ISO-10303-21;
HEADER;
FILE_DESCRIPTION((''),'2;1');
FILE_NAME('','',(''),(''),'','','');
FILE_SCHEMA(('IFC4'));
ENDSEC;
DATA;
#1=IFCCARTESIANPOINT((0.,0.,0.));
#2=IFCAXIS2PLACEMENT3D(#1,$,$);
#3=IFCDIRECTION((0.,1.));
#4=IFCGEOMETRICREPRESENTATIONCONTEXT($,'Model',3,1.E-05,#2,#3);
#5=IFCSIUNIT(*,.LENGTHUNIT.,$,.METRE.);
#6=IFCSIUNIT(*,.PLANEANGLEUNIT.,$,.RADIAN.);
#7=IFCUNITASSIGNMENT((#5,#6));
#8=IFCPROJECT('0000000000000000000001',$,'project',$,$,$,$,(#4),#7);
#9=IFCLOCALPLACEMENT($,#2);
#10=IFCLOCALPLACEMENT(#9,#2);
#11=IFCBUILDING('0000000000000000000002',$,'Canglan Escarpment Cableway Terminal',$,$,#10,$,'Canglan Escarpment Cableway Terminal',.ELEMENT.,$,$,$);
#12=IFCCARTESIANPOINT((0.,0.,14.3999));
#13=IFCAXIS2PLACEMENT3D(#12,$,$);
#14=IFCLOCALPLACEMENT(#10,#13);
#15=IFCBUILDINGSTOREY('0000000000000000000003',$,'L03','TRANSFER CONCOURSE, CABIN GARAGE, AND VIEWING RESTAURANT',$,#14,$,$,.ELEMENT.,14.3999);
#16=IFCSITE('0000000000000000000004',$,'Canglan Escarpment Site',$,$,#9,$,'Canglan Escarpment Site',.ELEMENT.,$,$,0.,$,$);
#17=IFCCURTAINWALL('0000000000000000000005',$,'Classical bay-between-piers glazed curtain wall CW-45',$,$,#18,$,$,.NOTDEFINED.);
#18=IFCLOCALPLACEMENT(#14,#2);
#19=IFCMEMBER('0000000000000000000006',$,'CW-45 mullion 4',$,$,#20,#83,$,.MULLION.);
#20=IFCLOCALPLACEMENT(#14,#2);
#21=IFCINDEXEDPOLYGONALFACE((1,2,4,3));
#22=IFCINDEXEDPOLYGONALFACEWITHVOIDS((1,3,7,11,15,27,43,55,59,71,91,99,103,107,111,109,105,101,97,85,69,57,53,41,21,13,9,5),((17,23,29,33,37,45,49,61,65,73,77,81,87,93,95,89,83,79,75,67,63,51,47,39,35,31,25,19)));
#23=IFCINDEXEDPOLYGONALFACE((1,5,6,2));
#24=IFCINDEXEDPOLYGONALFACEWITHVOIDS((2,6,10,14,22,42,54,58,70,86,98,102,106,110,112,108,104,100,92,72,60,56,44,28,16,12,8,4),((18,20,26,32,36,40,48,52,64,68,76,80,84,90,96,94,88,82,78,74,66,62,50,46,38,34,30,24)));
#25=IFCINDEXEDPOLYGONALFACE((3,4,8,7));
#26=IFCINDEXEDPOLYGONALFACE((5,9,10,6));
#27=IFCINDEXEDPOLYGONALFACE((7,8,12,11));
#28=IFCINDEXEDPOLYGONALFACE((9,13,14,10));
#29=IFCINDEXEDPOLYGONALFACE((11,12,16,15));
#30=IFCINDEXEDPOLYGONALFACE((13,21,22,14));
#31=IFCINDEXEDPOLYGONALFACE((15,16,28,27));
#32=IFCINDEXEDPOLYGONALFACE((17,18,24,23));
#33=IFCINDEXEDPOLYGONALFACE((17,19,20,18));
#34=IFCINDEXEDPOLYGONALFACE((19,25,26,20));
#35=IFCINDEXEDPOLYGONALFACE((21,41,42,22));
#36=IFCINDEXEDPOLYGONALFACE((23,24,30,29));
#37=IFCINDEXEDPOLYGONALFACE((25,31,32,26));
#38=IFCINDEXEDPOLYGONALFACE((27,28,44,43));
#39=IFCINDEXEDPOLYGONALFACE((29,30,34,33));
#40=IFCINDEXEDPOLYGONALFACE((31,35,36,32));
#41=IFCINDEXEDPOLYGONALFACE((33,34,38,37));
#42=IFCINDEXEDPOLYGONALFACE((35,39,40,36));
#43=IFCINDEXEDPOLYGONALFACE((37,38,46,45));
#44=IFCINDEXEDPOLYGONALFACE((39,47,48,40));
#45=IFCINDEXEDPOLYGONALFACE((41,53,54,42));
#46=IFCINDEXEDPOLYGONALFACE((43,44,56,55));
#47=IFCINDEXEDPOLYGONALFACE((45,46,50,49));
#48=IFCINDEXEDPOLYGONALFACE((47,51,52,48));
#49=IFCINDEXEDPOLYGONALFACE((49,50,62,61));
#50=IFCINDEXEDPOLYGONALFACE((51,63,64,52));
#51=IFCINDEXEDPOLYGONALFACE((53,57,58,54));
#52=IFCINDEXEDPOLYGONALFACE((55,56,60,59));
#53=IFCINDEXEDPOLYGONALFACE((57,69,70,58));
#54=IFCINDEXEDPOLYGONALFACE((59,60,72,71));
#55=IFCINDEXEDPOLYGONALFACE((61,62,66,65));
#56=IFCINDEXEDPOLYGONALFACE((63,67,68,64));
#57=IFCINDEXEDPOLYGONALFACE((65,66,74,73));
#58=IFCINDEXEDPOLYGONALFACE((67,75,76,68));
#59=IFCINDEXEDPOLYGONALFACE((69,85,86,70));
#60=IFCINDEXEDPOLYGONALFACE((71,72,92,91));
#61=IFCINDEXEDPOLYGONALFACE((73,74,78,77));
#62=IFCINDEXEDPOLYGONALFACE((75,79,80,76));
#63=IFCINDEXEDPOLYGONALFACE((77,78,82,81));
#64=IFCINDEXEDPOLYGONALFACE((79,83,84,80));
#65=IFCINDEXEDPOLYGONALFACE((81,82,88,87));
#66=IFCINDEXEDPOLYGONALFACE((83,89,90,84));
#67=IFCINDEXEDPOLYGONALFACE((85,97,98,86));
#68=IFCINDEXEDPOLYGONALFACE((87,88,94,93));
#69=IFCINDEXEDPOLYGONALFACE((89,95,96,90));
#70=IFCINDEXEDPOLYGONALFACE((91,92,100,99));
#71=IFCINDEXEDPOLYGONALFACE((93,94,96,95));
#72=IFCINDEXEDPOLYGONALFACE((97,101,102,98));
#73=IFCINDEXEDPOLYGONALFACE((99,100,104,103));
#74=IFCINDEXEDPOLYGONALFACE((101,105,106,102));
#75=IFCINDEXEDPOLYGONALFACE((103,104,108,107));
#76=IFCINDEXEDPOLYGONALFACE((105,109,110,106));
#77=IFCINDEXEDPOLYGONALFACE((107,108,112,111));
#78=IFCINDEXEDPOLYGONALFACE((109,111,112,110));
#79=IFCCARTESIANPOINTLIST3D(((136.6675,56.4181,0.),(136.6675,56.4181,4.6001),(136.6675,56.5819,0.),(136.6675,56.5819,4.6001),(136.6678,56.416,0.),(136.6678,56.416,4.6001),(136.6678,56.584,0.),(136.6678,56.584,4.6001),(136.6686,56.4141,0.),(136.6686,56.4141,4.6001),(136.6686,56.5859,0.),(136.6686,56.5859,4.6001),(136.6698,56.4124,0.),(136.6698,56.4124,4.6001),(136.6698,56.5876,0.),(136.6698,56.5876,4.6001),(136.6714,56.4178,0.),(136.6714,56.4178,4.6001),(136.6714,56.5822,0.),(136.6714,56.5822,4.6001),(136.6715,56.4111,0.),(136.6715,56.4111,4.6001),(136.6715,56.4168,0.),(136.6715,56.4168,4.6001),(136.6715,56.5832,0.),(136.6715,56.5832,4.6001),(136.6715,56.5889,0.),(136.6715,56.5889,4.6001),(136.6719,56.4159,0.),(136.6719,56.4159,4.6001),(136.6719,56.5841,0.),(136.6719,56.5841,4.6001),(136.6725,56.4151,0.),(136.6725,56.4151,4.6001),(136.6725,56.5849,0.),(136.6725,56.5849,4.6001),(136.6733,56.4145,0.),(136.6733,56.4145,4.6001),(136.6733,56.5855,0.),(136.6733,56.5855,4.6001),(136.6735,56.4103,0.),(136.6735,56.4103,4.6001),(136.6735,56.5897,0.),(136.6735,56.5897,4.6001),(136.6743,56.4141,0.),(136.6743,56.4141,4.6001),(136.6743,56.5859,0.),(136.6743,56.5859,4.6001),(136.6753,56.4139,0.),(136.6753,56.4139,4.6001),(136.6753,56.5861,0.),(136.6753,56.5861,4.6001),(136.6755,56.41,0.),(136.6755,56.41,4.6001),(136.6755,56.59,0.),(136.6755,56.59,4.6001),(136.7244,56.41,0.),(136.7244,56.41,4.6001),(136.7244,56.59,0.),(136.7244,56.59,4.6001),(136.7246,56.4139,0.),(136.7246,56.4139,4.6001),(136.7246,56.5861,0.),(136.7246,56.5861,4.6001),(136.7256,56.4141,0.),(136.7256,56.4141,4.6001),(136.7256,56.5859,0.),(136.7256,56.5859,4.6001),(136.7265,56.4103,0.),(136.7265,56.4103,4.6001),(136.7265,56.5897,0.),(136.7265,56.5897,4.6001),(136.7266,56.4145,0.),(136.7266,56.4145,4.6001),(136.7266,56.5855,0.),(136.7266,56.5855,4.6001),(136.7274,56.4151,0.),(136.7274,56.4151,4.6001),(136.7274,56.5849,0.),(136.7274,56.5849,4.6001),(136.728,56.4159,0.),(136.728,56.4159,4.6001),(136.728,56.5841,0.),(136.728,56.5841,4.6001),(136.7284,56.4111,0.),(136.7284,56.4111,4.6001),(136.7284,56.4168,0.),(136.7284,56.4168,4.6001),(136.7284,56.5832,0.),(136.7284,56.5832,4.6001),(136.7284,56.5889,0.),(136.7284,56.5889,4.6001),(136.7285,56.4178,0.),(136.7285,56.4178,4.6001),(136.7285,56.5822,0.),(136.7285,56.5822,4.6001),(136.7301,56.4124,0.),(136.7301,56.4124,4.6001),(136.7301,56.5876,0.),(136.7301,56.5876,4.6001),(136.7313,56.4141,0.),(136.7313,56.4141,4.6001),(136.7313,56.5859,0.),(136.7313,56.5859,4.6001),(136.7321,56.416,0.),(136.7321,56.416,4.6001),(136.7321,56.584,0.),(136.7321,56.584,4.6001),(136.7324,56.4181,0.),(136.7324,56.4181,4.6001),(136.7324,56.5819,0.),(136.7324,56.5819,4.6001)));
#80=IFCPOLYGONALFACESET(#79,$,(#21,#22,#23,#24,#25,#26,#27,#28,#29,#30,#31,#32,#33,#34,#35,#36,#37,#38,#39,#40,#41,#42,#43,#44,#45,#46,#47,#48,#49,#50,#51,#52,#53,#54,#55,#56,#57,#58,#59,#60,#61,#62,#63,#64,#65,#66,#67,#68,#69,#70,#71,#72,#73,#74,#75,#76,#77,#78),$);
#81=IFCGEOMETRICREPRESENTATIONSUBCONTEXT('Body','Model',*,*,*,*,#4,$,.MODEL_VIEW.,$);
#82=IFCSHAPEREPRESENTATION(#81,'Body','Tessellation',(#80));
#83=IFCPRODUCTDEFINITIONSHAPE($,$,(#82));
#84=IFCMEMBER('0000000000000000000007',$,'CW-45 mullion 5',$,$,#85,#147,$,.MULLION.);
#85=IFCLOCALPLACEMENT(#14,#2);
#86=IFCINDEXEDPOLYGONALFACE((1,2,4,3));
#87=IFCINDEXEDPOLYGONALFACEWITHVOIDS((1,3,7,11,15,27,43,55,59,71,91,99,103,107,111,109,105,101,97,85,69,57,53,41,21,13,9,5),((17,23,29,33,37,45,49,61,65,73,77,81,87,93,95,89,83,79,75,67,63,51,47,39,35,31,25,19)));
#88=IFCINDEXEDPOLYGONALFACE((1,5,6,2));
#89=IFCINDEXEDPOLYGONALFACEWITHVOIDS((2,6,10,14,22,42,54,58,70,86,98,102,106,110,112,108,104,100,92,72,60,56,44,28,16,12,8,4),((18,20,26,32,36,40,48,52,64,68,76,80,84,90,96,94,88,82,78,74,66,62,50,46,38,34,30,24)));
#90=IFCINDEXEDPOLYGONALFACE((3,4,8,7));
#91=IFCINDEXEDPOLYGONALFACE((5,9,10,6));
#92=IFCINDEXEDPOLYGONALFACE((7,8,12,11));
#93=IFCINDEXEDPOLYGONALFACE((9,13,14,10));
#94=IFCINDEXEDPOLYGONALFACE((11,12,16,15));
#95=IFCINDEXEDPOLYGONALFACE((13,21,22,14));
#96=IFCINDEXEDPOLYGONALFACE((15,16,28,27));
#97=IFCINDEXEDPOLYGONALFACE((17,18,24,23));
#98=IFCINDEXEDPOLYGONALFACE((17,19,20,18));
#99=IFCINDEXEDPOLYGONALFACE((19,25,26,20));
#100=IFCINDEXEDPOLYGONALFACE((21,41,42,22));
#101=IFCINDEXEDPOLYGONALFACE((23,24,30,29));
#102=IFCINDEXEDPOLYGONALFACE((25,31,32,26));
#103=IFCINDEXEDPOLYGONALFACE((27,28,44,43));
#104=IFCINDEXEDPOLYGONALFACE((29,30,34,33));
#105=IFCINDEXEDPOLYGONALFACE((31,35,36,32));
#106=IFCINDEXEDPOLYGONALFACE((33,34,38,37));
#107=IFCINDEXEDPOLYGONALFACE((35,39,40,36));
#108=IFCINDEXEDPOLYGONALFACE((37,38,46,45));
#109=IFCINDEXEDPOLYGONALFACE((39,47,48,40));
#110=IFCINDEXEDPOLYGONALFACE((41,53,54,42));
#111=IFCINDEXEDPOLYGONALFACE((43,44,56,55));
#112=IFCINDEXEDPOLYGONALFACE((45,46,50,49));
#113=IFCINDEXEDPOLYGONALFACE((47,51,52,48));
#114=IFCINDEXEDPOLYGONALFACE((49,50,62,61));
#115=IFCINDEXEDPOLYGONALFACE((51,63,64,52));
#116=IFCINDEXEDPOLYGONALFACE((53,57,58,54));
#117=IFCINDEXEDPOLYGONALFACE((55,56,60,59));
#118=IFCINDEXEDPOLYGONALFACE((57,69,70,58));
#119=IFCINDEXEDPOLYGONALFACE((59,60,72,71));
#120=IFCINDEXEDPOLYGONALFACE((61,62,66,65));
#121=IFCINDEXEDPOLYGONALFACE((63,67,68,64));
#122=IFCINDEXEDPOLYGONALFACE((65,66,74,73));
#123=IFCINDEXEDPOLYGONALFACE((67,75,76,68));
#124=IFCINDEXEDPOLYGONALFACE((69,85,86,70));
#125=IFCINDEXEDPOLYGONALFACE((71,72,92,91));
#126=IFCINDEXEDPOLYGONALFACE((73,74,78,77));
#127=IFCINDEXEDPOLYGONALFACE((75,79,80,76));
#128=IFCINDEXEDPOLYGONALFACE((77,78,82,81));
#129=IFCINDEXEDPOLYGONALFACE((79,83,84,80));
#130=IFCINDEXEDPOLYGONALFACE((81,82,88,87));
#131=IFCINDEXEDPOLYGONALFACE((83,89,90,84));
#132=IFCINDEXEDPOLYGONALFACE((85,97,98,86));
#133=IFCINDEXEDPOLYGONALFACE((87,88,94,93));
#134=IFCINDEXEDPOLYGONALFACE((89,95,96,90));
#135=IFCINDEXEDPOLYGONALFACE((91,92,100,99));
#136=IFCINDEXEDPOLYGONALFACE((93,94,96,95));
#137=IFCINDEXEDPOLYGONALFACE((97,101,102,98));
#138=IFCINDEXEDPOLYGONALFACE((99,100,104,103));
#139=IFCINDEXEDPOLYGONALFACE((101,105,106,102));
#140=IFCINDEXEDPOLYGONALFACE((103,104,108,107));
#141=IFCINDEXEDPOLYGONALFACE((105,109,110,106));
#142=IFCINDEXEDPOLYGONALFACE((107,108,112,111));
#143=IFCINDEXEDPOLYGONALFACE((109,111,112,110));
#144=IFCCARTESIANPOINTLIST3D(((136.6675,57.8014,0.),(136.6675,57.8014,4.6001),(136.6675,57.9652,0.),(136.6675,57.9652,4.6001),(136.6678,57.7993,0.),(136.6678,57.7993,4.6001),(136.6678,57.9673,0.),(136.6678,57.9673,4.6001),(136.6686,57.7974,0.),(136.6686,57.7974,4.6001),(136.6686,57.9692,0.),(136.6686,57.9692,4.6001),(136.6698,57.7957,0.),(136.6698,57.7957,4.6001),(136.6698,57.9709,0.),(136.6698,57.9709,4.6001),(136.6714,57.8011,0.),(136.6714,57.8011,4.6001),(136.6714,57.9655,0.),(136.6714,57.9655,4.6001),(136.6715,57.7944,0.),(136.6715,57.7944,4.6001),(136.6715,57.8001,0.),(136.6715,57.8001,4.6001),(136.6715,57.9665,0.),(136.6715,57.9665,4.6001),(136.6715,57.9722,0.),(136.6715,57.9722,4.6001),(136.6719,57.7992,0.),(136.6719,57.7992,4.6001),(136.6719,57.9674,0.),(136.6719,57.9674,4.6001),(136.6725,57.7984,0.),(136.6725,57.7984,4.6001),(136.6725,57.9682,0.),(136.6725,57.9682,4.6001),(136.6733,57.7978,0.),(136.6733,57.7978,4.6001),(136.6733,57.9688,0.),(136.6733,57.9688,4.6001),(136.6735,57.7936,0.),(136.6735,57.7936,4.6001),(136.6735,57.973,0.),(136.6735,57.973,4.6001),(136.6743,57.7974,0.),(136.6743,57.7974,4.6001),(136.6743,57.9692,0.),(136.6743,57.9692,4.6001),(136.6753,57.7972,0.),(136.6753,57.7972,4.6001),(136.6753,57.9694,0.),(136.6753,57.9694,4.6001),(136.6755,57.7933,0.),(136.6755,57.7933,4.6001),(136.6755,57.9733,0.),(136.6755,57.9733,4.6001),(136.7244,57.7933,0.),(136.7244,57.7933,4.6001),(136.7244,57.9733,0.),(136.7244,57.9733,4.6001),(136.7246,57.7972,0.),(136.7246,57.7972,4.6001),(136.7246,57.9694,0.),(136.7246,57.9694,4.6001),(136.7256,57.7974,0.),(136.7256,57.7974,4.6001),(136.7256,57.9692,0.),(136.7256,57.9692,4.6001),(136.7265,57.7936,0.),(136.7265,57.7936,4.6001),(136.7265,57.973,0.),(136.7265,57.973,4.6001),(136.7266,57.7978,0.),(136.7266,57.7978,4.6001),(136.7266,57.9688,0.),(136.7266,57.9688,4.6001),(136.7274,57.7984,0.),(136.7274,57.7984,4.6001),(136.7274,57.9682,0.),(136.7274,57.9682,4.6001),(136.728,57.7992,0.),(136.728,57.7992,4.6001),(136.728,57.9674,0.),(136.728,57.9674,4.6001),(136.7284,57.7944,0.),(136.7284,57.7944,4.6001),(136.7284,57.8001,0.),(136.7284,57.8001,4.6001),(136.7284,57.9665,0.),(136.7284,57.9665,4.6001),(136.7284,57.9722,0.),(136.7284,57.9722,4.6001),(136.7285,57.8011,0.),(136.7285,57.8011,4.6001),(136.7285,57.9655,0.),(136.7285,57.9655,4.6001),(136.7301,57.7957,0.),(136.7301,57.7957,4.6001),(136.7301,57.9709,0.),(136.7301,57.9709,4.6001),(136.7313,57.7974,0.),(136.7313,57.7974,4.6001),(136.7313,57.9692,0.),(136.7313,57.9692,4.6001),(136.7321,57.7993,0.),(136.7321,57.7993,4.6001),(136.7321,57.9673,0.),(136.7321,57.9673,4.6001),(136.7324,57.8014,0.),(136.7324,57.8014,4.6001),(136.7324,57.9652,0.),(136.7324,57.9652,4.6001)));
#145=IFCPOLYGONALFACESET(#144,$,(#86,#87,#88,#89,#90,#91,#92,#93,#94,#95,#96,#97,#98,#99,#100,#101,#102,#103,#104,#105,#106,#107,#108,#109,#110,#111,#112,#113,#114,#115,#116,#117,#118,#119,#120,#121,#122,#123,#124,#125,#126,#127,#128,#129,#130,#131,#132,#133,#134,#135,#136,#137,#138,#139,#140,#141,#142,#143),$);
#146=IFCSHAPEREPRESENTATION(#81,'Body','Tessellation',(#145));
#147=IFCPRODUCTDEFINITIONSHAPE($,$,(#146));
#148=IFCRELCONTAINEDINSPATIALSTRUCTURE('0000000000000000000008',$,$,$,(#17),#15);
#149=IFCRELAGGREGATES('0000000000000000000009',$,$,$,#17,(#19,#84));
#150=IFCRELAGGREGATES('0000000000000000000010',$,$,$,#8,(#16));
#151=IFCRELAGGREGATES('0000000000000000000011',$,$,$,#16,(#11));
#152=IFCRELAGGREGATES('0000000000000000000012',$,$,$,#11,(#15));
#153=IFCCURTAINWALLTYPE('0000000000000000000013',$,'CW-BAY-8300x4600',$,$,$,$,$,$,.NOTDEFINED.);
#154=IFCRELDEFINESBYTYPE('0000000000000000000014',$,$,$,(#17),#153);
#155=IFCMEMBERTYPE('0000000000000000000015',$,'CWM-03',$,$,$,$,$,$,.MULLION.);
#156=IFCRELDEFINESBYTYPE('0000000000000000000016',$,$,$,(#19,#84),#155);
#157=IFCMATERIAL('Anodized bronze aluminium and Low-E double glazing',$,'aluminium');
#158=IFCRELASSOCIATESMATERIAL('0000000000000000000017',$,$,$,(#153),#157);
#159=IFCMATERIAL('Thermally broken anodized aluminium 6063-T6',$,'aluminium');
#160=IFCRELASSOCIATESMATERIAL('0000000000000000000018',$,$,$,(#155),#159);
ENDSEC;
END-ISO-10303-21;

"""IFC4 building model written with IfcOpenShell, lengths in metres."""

from ifc_helpers import new_model, si_unit, direction, frame, origin, origin_2d, place, context, subcontext, project, spatial, hollow_rectangle, extrude, material, material_profile, profile_set, type_object, element, aggregate, save


model = new_model("IFC4")

# Units and contexts
model_context = context("Model", 3, precision=1e-05, world=origin(), true_north=direction((0.0, 1.0)))
body_context = subcontext(model_context, "Body", "Model", "MODEL_VIEW")
ifc_project = project(units=[si_unit("LENGTHUNIT", "METRE"), si_unit("PLANEANGLEUNIT", "RADIAN")], contexts=[model_context])

# Site, building, storey
site_placement = place(None, origin())
site = spatial("IfcSite", under=ifc_project, at=site_placement, Name="Canglan Escarpment Site", LongName="Canglan Escarpment Site", CompositionType="ELEMENT", RefElevation=0.0)
building_placement = place(site_placement, origin())
building = spatial("IfcBuilding", under=site, at=building_placement, Name="Canglan Escarpment Cableway Terminal", LongName="Canglan Escarpment Cableway Terminal", CompositionType="ELEMENT")
storey_placement = place(building_placement, frame((0.0, 0.0, 14.3999)))
storey = spatial("IfcBuildingStorey", under=building, at=storey_placement, Name="L03", Description="TRANSFER CONCOURSE, CABIN GARAGE, AND VIEWING RESTAURANT", CompositionType="ELEMENT", Elevation=14.3999)

# Curtain wall, members
ifc_material_1 = material(Name="Anodized bronze aluminium and Low-E double glazing", Category="aluminium")
curtain_wall_type = type_object("IfcCurtainWallType", Name="CW-BAY-8300x4600", PredefinedType="NOTDEFINED", material=ifc_material_1)
curtain_wall_placement = place(storey_placement, origin())
curtain_wall = element("IfcCurtainWall", 1, at=curtain_wall_placement, inside=storey, type_object=curtain_wall_type, Name="Classical bay-between-piers glazed curtain wall CW-45", PredefinedType="NOTDEFINED")
ifc_material_2 = material(Name="Thermally broken anodized aluminium 6063-T6", Category="aluminium")
ifc_material_profile_1 = material_profile(ifc_material_2, hollow_rectangle(XDim=0.0649, YDim=0.1799, WallThickness=0.0039, InnerFilletRadius=0.0039, OuterFilletRadius=0.0081, at=origin_2d()), Name="ALU-MULL 65x180x4")
ifc_profile_set_1 = profile_set([ifc_material_profile_1], Name="Thermally broken anodized aluminium 6063-T6")
member_type_1 = type_object("IfcMemberType", Name="CWM-03", PredefinedType="MULLION", material=ifc_profile_set_1)
member_1_placement = place(storey_placement, frame((136.7, 56.5, 0.0), z_axis=(0.0, 0.0, 1.0), x_axis=(-1.0, 0.0, 0.0)))
member_1 = element("IfcMember", 2, at=member_1_placement, type_object=member_type_1, Name="CW-45 mullion 4", PredefinedType="MULLION", context=body_context, shape_type="SweptSolid", body=[
    extrude(hollow_rectangle(XDim=0.0649, YDim=0.1799, WallThickness=0.0039, InnerFilletRadius=0.0039, OuterFilletRadius=0.0081, at=origin_2d()), origin(), (0.0, 0.0, 1.0), 4.6001),
])
member_2_placement = place(storey_placement, frame((136.7, 57.8833, 0.0), z_axis=(0.0, 0.0, 1.0), x_axis=(-1.0, 0.0, 0.0)))
member_2 = element("IfcMember", 3, at=member_2_placement, type_object=member_type_1, Name="CW-45 mullion 5", PredefinedType="MULLION", context=body_context, shape_type="SweptSolid", body=[
    extrude(hollow_rectangle(XDim=0.0649, YDim=0.1799, WallThickness=0.0039, InnerFilletRadius=0.0039, OuterFilletRadius=0.0081, at=origin_2d()), origin(), (0.0, 0.0, 1.0), 4.6001),
])
aggregate(curtain_wall, [member_1, member_2])

save(model, "model.ifc")
